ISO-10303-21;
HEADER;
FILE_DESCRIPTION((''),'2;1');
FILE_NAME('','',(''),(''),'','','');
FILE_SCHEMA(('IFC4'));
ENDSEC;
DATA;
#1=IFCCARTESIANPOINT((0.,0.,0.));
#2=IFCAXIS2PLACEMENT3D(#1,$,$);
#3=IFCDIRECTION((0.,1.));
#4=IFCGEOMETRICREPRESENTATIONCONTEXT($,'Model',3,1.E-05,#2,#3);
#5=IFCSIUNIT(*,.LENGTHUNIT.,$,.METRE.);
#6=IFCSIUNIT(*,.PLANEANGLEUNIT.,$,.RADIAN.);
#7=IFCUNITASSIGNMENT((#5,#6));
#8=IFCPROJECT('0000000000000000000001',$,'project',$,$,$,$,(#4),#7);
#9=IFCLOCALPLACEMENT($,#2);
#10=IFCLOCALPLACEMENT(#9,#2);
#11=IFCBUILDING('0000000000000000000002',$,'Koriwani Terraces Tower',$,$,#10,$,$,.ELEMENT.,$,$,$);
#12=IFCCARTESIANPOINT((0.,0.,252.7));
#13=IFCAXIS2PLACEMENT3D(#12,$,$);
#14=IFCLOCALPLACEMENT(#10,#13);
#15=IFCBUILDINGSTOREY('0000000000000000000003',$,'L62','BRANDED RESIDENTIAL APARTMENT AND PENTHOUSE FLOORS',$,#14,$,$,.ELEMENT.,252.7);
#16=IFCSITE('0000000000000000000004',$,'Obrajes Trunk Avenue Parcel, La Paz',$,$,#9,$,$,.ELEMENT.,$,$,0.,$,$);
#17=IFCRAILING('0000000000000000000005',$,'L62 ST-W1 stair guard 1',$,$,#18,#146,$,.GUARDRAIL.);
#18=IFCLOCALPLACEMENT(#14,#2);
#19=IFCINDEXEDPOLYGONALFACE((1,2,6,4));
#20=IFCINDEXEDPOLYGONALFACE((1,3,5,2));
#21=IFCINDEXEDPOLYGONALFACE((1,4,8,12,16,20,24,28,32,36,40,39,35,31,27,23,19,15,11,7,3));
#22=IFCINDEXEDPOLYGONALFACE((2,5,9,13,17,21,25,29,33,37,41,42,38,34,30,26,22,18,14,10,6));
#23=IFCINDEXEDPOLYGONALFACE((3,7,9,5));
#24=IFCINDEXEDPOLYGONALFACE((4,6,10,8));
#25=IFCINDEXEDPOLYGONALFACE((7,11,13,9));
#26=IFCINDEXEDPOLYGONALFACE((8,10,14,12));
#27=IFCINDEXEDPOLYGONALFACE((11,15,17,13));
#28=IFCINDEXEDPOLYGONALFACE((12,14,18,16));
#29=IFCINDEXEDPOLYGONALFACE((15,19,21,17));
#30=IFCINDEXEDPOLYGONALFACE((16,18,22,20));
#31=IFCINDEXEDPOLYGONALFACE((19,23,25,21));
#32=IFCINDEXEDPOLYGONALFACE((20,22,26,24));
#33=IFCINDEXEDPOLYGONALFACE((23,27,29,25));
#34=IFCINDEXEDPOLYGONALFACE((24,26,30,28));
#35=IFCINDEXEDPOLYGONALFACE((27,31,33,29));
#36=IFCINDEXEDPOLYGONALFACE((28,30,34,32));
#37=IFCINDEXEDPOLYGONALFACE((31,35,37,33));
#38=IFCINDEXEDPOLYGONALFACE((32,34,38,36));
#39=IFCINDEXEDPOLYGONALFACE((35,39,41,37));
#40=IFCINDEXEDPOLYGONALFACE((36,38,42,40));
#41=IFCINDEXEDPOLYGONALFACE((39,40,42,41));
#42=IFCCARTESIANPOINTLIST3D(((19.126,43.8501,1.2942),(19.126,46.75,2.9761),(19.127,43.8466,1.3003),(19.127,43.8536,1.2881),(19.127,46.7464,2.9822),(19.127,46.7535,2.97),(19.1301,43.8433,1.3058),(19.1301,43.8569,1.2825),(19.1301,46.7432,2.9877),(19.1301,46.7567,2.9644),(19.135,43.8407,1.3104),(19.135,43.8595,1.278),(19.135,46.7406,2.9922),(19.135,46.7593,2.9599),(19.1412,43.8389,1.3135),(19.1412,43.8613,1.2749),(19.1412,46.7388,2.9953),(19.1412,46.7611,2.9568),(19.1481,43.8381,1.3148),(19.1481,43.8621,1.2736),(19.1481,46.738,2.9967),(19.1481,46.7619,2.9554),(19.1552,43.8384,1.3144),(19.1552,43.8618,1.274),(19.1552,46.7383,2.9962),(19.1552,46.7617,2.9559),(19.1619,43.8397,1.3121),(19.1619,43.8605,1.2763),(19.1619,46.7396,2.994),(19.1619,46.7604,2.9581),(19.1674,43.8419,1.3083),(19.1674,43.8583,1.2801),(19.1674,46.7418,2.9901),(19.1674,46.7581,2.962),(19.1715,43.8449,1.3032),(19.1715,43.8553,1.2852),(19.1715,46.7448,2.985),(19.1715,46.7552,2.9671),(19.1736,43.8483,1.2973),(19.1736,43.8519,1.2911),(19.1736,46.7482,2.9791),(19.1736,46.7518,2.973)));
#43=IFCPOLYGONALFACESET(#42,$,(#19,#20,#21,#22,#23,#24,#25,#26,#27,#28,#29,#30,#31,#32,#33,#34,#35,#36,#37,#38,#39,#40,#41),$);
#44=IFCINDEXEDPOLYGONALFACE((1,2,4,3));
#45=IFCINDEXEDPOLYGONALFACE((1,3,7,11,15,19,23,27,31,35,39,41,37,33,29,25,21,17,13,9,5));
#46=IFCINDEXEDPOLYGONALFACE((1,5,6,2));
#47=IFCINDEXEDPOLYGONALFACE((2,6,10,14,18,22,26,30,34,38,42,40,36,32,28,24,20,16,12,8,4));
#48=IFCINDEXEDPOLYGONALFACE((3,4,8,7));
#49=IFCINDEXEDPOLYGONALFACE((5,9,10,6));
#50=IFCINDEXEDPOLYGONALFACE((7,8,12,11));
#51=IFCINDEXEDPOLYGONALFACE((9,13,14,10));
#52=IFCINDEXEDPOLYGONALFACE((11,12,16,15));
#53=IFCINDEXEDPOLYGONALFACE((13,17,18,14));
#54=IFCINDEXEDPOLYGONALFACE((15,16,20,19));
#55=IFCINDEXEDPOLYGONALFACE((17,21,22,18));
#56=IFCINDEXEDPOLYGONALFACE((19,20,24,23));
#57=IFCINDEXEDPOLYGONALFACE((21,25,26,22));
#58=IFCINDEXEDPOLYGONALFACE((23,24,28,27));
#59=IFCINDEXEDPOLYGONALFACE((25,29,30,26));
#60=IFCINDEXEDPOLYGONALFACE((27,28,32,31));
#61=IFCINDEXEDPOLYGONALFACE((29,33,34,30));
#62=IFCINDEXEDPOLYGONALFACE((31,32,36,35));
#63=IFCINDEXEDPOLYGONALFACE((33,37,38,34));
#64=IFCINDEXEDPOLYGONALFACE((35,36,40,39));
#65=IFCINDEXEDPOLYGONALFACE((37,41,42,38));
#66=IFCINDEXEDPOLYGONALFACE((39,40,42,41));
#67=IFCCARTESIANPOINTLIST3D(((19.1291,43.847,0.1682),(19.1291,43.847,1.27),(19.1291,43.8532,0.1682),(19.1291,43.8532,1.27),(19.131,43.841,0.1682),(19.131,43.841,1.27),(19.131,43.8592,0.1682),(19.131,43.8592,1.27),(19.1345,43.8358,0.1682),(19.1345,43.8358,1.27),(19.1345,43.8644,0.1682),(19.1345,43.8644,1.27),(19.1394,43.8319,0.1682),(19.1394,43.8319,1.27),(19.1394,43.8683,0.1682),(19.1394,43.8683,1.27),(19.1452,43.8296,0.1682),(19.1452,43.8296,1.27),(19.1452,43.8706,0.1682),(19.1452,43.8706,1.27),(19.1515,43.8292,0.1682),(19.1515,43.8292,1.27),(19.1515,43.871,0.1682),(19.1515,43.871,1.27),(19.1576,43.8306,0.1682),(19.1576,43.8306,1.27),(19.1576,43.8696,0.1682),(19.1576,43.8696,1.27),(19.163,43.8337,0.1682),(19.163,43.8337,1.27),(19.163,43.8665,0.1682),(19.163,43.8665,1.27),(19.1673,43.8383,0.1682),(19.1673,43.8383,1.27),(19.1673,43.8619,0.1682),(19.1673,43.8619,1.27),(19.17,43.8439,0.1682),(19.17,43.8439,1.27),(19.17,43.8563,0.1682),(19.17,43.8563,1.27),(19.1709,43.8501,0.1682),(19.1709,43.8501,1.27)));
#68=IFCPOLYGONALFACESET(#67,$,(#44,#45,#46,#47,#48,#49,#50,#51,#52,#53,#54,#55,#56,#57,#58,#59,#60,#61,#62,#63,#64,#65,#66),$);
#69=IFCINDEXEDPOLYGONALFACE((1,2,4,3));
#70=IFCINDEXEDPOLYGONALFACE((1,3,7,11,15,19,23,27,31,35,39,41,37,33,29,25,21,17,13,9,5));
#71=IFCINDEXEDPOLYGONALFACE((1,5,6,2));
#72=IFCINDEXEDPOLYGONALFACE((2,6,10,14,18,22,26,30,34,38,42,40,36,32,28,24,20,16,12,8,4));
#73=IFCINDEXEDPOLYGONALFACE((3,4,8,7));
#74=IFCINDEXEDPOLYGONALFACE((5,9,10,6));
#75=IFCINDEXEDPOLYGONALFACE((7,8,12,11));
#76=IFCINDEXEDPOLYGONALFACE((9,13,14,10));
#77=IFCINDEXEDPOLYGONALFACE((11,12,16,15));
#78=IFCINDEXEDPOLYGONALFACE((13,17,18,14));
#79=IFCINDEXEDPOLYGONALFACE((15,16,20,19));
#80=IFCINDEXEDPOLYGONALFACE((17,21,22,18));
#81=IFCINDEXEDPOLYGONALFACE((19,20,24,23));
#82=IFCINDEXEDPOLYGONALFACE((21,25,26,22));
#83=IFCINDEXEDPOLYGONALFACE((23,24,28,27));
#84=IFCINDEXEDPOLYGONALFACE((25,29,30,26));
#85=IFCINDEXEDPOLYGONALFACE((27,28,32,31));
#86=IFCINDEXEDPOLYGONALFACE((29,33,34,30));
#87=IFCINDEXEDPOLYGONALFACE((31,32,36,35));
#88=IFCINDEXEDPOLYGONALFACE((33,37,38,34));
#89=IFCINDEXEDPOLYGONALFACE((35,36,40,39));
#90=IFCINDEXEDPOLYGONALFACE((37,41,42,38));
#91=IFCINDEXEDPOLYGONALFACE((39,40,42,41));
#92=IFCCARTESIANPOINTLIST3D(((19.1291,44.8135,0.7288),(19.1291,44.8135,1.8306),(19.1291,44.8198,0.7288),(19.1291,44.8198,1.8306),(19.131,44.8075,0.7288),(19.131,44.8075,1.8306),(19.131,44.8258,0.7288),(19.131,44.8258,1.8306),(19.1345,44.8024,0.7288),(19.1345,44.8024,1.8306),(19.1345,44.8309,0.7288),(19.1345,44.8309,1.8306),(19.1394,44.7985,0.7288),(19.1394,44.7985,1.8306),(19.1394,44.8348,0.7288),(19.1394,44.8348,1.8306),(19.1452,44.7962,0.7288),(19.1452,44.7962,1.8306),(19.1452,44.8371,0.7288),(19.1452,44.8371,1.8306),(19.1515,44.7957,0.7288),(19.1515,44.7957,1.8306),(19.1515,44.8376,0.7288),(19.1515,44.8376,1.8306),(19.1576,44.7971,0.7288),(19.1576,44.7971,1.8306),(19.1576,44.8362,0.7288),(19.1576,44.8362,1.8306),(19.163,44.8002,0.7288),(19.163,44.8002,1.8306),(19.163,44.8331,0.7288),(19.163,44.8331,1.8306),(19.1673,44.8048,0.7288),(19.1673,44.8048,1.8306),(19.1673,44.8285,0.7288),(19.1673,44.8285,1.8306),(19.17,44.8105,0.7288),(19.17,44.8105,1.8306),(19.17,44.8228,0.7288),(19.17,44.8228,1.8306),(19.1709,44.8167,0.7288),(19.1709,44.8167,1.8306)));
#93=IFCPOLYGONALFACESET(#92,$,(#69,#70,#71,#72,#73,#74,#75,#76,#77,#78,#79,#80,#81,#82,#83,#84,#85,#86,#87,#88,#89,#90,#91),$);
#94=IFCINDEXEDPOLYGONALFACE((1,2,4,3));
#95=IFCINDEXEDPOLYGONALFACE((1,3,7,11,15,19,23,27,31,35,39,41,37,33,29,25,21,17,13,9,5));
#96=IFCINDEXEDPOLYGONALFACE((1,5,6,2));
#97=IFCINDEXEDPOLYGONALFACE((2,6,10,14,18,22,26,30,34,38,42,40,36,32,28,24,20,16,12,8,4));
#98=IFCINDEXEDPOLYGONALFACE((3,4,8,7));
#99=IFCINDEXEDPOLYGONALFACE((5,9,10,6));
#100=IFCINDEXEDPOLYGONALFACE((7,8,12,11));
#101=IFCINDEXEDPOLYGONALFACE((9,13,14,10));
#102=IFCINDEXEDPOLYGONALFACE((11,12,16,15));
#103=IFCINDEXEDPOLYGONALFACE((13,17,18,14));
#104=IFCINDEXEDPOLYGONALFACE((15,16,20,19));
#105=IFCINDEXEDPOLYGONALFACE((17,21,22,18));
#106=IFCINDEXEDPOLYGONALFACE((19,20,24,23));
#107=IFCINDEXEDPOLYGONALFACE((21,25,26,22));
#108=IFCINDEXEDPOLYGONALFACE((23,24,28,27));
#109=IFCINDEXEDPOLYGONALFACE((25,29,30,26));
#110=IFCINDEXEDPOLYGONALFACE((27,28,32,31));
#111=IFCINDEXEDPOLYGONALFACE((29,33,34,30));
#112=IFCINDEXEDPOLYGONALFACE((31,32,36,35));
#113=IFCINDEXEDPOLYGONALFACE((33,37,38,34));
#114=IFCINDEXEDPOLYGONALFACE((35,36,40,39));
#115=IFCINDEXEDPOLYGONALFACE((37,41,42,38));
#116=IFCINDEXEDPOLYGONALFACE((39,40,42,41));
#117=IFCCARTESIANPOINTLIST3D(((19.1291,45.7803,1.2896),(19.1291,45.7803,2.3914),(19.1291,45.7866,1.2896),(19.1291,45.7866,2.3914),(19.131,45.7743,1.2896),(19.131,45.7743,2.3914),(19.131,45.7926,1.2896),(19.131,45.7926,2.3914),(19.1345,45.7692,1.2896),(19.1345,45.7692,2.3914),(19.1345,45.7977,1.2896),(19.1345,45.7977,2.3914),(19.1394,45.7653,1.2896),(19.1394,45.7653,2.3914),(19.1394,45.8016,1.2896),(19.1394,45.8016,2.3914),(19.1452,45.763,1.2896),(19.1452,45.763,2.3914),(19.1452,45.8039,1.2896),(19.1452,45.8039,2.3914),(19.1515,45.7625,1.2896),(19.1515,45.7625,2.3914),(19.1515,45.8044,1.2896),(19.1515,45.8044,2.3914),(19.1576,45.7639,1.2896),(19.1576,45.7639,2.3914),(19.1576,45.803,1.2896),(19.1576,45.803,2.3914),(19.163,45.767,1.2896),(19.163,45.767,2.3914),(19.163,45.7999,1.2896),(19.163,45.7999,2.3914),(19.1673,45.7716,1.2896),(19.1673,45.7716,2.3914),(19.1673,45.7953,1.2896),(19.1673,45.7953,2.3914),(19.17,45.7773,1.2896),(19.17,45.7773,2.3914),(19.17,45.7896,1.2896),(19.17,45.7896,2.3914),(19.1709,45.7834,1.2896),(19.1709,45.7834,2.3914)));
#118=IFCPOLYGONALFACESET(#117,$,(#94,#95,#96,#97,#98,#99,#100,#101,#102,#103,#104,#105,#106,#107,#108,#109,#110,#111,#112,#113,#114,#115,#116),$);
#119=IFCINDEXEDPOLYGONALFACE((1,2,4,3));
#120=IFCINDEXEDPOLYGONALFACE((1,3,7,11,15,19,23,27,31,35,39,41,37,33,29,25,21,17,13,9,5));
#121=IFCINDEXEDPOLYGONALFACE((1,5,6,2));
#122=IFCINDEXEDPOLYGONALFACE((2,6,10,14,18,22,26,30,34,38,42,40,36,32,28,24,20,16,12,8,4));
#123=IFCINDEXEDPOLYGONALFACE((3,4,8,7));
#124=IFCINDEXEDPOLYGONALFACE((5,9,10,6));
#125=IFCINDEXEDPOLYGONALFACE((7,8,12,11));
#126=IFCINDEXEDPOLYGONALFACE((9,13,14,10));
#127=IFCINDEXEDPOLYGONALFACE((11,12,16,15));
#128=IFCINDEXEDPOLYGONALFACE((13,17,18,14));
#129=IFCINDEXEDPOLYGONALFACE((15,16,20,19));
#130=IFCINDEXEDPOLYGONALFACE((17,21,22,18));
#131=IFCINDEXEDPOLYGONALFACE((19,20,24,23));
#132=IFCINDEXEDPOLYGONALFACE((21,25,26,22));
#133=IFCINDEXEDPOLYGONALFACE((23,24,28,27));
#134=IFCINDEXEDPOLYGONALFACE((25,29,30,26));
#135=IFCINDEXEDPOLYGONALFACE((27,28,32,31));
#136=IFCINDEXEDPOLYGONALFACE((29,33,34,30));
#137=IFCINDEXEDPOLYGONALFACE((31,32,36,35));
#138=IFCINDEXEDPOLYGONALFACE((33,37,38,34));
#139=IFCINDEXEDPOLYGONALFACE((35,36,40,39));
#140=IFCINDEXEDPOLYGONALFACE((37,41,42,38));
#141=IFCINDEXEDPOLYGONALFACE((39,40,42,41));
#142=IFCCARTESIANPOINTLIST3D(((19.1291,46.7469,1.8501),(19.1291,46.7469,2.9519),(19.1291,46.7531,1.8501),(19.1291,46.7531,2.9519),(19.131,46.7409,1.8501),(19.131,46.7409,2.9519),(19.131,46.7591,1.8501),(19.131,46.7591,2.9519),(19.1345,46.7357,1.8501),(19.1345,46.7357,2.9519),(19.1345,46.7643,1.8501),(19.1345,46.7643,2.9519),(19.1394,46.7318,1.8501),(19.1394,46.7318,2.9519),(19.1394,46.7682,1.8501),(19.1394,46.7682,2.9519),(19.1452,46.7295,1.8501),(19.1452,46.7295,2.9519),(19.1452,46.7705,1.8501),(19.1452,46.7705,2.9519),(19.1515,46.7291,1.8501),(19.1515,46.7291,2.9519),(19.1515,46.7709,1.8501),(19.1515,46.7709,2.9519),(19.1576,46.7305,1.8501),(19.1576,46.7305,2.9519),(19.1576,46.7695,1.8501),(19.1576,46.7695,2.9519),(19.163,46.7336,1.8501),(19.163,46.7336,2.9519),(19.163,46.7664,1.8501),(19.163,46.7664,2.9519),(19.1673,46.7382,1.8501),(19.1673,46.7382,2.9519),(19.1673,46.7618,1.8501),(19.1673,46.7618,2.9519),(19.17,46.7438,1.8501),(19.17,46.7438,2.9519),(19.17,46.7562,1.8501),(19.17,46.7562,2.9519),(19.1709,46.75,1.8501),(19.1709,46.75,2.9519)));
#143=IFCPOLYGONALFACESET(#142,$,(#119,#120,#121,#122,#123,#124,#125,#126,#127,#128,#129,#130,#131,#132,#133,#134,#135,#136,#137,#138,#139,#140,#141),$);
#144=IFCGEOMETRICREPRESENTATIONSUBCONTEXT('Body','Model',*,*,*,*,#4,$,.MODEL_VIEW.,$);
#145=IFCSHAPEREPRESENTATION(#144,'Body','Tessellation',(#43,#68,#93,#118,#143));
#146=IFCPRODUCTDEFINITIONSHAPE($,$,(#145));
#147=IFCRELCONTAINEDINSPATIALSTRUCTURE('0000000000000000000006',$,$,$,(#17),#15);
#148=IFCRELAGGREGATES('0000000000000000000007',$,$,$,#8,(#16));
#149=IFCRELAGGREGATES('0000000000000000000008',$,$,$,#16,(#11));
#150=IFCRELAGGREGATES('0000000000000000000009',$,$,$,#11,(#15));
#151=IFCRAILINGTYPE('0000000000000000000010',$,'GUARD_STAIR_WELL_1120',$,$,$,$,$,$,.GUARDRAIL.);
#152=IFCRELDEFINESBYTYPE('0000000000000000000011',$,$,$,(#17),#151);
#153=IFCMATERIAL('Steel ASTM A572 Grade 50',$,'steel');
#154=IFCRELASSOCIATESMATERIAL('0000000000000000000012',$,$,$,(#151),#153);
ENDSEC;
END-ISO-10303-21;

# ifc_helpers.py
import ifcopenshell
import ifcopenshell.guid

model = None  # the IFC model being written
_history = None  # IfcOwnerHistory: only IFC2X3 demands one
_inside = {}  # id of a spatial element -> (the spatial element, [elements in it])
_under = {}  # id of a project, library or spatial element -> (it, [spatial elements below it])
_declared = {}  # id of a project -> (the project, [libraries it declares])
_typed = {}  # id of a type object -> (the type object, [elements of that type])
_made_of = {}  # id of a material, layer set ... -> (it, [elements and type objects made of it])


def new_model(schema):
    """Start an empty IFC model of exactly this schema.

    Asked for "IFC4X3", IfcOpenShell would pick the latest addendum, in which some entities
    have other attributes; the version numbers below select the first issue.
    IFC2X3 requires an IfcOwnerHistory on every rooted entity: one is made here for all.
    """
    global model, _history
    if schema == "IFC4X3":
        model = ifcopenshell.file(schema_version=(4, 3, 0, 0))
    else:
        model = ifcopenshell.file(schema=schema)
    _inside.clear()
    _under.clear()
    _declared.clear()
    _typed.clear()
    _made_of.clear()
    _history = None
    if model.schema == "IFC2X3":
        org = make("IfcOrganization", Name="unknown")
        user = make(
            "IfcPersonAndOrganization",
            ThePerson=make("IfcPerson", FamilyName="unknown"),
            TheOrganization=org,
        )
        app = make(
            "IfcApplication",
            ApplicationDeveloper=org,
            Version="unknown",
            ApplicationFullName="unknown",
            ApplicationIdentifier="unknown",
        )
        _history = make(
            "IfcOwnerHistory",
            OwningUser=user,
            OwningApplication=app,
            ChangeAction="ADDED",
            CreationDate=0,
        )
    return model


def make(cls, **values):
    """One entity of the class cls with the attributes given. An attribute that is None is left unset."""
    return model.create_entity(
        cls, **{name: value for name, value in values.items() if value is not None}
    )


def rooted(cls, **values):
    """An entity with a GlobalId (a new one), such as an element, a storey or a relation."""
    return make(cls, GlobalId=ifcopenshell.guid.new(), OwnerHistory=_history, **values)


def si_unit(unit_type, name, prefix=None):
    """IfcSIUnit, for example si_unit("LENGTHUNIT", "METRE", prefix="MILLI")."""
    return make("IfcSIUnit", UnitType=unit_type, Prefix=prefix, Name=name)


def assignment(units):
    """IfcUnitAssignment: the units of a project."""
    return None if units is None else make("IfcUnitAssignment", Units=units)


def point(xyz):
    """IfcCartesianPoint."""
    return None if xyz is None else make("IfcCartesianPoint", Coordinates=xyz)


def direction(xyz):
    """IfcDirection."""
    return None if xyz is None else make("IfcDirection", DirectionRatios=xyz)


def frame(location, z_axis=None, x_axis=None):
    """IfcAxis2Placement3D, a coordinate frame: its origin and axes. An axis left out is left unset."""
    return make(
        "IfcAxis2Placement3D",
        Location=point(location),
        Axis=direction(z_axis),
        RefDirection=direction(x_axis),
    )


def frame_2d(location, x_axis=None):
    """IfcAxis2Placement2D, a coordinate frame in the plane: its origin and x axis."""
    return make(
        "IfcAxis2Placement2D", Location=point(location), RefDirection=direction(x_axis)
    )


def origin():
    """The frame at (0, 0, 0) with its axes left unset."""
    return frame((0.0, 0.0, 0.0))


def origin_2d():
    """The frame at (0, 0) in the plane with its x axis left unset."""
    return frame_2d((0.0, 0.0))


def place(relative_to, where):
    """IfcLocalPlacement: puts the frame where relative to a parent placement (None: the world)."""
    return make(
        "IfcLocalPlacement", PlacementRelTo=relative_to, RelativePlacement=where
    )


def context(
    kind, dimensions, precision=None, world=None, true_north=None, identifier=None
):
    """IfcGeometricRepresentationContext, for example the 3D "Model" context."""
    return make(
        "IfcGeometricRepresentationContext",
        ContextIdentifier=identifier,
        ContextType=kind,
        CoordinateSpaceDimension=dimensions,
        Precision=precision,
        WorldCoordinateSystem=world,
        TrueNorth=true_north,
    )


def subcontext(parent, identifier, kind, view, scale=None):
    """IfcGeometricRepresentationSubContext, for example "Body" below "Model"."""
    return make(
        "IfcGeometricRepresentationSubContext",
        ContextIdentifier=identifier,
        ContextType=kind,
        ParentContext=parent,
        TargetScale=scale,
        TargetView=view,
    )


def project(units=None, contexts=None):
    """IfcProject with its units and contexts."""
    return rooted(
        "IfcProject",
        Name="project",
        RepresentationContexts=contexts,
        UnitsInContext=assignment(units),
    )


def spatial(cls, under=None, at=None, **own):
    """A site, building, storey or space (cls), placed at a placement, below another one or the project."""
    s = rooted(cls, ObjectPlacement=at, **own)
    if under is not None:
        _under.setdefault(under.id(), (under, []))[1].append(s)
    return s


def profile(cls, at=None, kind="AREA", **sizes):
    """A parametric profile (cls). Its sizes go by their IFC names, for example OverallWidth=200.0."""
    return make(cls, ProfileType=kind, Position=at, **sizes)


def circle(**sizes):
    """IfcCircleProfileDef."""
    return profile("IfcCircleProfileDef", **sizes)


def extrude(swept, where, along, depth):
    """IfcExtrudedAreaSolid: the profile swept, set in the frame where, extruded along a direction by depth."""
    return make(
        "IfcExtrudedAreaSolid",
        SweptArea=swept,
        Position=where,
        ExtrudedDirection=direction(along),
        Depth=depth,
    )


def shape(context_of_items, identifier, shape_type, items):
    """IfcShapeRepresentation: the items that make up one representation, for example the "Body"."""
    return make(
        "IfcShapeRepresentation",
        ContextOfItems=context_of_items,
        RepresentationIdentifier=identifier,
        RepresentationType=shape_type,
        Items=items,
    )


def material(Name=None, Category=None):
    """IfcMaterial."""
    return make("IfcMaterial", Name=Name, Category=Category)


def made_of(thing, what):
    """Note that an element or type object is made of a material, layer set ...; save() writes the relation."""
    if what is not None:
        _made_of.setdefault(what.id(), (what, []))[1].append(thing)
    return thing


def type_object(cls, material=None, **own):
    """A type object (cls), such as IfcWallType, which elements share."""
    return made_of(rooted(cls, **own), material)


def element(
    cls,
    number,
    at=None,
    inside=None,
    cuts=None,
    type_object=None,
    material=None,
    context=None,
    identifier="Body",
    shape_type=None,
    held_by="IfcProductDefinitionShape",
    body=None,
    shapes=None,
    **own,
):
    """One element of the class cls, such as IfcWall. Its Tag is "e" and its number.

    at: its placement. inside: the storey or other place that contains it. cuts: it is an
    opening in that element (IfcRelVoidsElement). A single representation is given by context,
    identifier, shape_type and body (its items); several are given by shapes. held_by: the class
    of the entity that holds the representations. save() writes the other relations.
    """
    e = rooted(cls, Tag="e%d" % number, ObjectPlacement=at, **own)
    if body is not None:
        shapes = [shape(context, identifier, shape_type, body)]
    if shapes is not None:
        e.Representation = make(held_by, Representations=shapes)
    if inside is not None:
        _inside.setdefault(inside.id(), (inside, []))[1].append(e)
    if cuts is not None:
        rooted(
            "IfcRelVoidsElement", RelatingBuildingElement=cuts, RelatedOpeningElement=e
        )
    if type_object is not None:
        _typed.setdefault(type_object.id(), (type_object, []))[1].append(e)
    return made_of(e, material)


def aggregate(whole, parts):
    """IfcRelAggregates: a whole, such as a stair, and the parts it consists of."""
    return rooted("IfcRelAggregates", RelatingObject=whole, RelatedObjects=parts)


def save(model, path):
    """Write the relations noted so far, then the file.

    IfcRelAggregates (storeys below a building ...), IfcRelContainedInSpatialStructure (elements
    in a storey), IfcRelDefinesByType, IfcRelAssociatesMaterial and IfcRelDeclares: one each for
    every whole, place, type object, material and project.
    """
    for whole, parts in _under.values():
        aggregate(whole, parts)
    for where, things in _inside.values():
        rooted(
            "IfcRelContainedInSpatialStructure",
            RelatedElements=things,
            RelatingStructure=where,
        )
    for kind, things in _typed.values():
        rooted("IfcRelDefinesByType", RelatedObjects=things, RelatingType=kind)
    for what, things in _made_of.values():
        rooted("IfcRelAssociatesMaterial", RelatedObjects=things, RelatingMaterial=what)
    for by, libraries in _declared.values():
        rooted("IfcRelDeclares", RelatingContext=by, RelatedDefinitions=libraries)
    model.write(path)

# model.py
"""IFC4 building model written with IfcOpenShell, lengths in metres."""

from ifc_helpers import new_model, si_unit, direction, frame, origin, origin_2d, place, context, subcontext, project, spatial, circle, extrude, material, type_object, element, save


model = new_model("IFC4")

# Units and contexts
model_context = context("Model", 3, precision=1e-05, world=origin(), true_north=direction((0.0, 1.0)))
body_context = subcontext(model_context, "Body", "Model", "MODEL_VIEW")
ifc_project = project(units=[si_unit("LENGTHUNIT", "METRE"), si_unit("PLANEANGLEUNIT", "RADIAN")], contexts=[model_context])

# Site, building, storey
site_placement = place(None, origin())
site = spatial("IfcSite", under=ifc_project, at=site_placement, Name="Obrajes Trunk Avenue Parcel, La Paz", CompositionType="ELEMENT", RefElevation=0.0)
building_placement = place(site_placement, origin())
building = spatial("IfcBuilding", under=site, at=building_placement, Name="Koriwani Terraces Tower", CompositionType="ELEMENT")
storey_placement = place(building_placement, frame((0.0, 0.0, 252.7)))
storey = spatial("IfcBuildingStorey", under=building, at=storey_placement, Name="L62", Description="BRANDED RESIDENTIAL APARTMENT AND PENTHOUSE FLOORS", CompositionType="ELEMENT", Elevation=252.7)

# Shared definitions
ifc_material_1 = material(Name="Steel ASTM A572 Grade 50", Category="steel")

# Railing
railing_type_1 = type_object("IfcRailingType", Name="GUARD_STAIR_WELL_1120", PredefinedType="GUARDRAIL", material=ifc_material_1)
railing_1_placement = place(storey_placement, frame((19.1499, 43.8501, 0.1682)))
element("IfcRailing", 1, at=railing_1_placement, inside=storey, type_object=railing_type_1, Name="L62 ST-W1 stair guard 1", PredefinedType="GUARDRAIL", context=body_context, shape_type="SweptSolid", body=[
    extrude(circle(Radius=0.0239, at=origin_2d()), frame((0.0, 0.0, 1.126), z_axis=(0.0, 0.865039, 0.501705), x_axis=(-1.0, 0.0, 0.0)), (0.0, 0.0, 1.0), 3.3523),
    extrude(circle(Radius=0.021, at=origin_2d()), origin(), (0.0, 0.0, 1.0), 1.1018),
    extrude(circle(Radius=0.021, at=origin_2d()), frame((0.0, 0.9666, 0.5605)), (0.0, 0.0, 1.0), 1.1018),
    extrude(circle(Radius=0.021, at=origin_2d()), frame((0.0, 1.9333, 1.1213)), (0.0, 0.0, 1.0), 1.1018),
    extrude(circle(Radius=0.021, at=origin_2d()), frame((0.0, 2.8999, 1.6819)), (0.0, 0.0, 1.0), 1.1018),
])

save(model, "model.ifc")
